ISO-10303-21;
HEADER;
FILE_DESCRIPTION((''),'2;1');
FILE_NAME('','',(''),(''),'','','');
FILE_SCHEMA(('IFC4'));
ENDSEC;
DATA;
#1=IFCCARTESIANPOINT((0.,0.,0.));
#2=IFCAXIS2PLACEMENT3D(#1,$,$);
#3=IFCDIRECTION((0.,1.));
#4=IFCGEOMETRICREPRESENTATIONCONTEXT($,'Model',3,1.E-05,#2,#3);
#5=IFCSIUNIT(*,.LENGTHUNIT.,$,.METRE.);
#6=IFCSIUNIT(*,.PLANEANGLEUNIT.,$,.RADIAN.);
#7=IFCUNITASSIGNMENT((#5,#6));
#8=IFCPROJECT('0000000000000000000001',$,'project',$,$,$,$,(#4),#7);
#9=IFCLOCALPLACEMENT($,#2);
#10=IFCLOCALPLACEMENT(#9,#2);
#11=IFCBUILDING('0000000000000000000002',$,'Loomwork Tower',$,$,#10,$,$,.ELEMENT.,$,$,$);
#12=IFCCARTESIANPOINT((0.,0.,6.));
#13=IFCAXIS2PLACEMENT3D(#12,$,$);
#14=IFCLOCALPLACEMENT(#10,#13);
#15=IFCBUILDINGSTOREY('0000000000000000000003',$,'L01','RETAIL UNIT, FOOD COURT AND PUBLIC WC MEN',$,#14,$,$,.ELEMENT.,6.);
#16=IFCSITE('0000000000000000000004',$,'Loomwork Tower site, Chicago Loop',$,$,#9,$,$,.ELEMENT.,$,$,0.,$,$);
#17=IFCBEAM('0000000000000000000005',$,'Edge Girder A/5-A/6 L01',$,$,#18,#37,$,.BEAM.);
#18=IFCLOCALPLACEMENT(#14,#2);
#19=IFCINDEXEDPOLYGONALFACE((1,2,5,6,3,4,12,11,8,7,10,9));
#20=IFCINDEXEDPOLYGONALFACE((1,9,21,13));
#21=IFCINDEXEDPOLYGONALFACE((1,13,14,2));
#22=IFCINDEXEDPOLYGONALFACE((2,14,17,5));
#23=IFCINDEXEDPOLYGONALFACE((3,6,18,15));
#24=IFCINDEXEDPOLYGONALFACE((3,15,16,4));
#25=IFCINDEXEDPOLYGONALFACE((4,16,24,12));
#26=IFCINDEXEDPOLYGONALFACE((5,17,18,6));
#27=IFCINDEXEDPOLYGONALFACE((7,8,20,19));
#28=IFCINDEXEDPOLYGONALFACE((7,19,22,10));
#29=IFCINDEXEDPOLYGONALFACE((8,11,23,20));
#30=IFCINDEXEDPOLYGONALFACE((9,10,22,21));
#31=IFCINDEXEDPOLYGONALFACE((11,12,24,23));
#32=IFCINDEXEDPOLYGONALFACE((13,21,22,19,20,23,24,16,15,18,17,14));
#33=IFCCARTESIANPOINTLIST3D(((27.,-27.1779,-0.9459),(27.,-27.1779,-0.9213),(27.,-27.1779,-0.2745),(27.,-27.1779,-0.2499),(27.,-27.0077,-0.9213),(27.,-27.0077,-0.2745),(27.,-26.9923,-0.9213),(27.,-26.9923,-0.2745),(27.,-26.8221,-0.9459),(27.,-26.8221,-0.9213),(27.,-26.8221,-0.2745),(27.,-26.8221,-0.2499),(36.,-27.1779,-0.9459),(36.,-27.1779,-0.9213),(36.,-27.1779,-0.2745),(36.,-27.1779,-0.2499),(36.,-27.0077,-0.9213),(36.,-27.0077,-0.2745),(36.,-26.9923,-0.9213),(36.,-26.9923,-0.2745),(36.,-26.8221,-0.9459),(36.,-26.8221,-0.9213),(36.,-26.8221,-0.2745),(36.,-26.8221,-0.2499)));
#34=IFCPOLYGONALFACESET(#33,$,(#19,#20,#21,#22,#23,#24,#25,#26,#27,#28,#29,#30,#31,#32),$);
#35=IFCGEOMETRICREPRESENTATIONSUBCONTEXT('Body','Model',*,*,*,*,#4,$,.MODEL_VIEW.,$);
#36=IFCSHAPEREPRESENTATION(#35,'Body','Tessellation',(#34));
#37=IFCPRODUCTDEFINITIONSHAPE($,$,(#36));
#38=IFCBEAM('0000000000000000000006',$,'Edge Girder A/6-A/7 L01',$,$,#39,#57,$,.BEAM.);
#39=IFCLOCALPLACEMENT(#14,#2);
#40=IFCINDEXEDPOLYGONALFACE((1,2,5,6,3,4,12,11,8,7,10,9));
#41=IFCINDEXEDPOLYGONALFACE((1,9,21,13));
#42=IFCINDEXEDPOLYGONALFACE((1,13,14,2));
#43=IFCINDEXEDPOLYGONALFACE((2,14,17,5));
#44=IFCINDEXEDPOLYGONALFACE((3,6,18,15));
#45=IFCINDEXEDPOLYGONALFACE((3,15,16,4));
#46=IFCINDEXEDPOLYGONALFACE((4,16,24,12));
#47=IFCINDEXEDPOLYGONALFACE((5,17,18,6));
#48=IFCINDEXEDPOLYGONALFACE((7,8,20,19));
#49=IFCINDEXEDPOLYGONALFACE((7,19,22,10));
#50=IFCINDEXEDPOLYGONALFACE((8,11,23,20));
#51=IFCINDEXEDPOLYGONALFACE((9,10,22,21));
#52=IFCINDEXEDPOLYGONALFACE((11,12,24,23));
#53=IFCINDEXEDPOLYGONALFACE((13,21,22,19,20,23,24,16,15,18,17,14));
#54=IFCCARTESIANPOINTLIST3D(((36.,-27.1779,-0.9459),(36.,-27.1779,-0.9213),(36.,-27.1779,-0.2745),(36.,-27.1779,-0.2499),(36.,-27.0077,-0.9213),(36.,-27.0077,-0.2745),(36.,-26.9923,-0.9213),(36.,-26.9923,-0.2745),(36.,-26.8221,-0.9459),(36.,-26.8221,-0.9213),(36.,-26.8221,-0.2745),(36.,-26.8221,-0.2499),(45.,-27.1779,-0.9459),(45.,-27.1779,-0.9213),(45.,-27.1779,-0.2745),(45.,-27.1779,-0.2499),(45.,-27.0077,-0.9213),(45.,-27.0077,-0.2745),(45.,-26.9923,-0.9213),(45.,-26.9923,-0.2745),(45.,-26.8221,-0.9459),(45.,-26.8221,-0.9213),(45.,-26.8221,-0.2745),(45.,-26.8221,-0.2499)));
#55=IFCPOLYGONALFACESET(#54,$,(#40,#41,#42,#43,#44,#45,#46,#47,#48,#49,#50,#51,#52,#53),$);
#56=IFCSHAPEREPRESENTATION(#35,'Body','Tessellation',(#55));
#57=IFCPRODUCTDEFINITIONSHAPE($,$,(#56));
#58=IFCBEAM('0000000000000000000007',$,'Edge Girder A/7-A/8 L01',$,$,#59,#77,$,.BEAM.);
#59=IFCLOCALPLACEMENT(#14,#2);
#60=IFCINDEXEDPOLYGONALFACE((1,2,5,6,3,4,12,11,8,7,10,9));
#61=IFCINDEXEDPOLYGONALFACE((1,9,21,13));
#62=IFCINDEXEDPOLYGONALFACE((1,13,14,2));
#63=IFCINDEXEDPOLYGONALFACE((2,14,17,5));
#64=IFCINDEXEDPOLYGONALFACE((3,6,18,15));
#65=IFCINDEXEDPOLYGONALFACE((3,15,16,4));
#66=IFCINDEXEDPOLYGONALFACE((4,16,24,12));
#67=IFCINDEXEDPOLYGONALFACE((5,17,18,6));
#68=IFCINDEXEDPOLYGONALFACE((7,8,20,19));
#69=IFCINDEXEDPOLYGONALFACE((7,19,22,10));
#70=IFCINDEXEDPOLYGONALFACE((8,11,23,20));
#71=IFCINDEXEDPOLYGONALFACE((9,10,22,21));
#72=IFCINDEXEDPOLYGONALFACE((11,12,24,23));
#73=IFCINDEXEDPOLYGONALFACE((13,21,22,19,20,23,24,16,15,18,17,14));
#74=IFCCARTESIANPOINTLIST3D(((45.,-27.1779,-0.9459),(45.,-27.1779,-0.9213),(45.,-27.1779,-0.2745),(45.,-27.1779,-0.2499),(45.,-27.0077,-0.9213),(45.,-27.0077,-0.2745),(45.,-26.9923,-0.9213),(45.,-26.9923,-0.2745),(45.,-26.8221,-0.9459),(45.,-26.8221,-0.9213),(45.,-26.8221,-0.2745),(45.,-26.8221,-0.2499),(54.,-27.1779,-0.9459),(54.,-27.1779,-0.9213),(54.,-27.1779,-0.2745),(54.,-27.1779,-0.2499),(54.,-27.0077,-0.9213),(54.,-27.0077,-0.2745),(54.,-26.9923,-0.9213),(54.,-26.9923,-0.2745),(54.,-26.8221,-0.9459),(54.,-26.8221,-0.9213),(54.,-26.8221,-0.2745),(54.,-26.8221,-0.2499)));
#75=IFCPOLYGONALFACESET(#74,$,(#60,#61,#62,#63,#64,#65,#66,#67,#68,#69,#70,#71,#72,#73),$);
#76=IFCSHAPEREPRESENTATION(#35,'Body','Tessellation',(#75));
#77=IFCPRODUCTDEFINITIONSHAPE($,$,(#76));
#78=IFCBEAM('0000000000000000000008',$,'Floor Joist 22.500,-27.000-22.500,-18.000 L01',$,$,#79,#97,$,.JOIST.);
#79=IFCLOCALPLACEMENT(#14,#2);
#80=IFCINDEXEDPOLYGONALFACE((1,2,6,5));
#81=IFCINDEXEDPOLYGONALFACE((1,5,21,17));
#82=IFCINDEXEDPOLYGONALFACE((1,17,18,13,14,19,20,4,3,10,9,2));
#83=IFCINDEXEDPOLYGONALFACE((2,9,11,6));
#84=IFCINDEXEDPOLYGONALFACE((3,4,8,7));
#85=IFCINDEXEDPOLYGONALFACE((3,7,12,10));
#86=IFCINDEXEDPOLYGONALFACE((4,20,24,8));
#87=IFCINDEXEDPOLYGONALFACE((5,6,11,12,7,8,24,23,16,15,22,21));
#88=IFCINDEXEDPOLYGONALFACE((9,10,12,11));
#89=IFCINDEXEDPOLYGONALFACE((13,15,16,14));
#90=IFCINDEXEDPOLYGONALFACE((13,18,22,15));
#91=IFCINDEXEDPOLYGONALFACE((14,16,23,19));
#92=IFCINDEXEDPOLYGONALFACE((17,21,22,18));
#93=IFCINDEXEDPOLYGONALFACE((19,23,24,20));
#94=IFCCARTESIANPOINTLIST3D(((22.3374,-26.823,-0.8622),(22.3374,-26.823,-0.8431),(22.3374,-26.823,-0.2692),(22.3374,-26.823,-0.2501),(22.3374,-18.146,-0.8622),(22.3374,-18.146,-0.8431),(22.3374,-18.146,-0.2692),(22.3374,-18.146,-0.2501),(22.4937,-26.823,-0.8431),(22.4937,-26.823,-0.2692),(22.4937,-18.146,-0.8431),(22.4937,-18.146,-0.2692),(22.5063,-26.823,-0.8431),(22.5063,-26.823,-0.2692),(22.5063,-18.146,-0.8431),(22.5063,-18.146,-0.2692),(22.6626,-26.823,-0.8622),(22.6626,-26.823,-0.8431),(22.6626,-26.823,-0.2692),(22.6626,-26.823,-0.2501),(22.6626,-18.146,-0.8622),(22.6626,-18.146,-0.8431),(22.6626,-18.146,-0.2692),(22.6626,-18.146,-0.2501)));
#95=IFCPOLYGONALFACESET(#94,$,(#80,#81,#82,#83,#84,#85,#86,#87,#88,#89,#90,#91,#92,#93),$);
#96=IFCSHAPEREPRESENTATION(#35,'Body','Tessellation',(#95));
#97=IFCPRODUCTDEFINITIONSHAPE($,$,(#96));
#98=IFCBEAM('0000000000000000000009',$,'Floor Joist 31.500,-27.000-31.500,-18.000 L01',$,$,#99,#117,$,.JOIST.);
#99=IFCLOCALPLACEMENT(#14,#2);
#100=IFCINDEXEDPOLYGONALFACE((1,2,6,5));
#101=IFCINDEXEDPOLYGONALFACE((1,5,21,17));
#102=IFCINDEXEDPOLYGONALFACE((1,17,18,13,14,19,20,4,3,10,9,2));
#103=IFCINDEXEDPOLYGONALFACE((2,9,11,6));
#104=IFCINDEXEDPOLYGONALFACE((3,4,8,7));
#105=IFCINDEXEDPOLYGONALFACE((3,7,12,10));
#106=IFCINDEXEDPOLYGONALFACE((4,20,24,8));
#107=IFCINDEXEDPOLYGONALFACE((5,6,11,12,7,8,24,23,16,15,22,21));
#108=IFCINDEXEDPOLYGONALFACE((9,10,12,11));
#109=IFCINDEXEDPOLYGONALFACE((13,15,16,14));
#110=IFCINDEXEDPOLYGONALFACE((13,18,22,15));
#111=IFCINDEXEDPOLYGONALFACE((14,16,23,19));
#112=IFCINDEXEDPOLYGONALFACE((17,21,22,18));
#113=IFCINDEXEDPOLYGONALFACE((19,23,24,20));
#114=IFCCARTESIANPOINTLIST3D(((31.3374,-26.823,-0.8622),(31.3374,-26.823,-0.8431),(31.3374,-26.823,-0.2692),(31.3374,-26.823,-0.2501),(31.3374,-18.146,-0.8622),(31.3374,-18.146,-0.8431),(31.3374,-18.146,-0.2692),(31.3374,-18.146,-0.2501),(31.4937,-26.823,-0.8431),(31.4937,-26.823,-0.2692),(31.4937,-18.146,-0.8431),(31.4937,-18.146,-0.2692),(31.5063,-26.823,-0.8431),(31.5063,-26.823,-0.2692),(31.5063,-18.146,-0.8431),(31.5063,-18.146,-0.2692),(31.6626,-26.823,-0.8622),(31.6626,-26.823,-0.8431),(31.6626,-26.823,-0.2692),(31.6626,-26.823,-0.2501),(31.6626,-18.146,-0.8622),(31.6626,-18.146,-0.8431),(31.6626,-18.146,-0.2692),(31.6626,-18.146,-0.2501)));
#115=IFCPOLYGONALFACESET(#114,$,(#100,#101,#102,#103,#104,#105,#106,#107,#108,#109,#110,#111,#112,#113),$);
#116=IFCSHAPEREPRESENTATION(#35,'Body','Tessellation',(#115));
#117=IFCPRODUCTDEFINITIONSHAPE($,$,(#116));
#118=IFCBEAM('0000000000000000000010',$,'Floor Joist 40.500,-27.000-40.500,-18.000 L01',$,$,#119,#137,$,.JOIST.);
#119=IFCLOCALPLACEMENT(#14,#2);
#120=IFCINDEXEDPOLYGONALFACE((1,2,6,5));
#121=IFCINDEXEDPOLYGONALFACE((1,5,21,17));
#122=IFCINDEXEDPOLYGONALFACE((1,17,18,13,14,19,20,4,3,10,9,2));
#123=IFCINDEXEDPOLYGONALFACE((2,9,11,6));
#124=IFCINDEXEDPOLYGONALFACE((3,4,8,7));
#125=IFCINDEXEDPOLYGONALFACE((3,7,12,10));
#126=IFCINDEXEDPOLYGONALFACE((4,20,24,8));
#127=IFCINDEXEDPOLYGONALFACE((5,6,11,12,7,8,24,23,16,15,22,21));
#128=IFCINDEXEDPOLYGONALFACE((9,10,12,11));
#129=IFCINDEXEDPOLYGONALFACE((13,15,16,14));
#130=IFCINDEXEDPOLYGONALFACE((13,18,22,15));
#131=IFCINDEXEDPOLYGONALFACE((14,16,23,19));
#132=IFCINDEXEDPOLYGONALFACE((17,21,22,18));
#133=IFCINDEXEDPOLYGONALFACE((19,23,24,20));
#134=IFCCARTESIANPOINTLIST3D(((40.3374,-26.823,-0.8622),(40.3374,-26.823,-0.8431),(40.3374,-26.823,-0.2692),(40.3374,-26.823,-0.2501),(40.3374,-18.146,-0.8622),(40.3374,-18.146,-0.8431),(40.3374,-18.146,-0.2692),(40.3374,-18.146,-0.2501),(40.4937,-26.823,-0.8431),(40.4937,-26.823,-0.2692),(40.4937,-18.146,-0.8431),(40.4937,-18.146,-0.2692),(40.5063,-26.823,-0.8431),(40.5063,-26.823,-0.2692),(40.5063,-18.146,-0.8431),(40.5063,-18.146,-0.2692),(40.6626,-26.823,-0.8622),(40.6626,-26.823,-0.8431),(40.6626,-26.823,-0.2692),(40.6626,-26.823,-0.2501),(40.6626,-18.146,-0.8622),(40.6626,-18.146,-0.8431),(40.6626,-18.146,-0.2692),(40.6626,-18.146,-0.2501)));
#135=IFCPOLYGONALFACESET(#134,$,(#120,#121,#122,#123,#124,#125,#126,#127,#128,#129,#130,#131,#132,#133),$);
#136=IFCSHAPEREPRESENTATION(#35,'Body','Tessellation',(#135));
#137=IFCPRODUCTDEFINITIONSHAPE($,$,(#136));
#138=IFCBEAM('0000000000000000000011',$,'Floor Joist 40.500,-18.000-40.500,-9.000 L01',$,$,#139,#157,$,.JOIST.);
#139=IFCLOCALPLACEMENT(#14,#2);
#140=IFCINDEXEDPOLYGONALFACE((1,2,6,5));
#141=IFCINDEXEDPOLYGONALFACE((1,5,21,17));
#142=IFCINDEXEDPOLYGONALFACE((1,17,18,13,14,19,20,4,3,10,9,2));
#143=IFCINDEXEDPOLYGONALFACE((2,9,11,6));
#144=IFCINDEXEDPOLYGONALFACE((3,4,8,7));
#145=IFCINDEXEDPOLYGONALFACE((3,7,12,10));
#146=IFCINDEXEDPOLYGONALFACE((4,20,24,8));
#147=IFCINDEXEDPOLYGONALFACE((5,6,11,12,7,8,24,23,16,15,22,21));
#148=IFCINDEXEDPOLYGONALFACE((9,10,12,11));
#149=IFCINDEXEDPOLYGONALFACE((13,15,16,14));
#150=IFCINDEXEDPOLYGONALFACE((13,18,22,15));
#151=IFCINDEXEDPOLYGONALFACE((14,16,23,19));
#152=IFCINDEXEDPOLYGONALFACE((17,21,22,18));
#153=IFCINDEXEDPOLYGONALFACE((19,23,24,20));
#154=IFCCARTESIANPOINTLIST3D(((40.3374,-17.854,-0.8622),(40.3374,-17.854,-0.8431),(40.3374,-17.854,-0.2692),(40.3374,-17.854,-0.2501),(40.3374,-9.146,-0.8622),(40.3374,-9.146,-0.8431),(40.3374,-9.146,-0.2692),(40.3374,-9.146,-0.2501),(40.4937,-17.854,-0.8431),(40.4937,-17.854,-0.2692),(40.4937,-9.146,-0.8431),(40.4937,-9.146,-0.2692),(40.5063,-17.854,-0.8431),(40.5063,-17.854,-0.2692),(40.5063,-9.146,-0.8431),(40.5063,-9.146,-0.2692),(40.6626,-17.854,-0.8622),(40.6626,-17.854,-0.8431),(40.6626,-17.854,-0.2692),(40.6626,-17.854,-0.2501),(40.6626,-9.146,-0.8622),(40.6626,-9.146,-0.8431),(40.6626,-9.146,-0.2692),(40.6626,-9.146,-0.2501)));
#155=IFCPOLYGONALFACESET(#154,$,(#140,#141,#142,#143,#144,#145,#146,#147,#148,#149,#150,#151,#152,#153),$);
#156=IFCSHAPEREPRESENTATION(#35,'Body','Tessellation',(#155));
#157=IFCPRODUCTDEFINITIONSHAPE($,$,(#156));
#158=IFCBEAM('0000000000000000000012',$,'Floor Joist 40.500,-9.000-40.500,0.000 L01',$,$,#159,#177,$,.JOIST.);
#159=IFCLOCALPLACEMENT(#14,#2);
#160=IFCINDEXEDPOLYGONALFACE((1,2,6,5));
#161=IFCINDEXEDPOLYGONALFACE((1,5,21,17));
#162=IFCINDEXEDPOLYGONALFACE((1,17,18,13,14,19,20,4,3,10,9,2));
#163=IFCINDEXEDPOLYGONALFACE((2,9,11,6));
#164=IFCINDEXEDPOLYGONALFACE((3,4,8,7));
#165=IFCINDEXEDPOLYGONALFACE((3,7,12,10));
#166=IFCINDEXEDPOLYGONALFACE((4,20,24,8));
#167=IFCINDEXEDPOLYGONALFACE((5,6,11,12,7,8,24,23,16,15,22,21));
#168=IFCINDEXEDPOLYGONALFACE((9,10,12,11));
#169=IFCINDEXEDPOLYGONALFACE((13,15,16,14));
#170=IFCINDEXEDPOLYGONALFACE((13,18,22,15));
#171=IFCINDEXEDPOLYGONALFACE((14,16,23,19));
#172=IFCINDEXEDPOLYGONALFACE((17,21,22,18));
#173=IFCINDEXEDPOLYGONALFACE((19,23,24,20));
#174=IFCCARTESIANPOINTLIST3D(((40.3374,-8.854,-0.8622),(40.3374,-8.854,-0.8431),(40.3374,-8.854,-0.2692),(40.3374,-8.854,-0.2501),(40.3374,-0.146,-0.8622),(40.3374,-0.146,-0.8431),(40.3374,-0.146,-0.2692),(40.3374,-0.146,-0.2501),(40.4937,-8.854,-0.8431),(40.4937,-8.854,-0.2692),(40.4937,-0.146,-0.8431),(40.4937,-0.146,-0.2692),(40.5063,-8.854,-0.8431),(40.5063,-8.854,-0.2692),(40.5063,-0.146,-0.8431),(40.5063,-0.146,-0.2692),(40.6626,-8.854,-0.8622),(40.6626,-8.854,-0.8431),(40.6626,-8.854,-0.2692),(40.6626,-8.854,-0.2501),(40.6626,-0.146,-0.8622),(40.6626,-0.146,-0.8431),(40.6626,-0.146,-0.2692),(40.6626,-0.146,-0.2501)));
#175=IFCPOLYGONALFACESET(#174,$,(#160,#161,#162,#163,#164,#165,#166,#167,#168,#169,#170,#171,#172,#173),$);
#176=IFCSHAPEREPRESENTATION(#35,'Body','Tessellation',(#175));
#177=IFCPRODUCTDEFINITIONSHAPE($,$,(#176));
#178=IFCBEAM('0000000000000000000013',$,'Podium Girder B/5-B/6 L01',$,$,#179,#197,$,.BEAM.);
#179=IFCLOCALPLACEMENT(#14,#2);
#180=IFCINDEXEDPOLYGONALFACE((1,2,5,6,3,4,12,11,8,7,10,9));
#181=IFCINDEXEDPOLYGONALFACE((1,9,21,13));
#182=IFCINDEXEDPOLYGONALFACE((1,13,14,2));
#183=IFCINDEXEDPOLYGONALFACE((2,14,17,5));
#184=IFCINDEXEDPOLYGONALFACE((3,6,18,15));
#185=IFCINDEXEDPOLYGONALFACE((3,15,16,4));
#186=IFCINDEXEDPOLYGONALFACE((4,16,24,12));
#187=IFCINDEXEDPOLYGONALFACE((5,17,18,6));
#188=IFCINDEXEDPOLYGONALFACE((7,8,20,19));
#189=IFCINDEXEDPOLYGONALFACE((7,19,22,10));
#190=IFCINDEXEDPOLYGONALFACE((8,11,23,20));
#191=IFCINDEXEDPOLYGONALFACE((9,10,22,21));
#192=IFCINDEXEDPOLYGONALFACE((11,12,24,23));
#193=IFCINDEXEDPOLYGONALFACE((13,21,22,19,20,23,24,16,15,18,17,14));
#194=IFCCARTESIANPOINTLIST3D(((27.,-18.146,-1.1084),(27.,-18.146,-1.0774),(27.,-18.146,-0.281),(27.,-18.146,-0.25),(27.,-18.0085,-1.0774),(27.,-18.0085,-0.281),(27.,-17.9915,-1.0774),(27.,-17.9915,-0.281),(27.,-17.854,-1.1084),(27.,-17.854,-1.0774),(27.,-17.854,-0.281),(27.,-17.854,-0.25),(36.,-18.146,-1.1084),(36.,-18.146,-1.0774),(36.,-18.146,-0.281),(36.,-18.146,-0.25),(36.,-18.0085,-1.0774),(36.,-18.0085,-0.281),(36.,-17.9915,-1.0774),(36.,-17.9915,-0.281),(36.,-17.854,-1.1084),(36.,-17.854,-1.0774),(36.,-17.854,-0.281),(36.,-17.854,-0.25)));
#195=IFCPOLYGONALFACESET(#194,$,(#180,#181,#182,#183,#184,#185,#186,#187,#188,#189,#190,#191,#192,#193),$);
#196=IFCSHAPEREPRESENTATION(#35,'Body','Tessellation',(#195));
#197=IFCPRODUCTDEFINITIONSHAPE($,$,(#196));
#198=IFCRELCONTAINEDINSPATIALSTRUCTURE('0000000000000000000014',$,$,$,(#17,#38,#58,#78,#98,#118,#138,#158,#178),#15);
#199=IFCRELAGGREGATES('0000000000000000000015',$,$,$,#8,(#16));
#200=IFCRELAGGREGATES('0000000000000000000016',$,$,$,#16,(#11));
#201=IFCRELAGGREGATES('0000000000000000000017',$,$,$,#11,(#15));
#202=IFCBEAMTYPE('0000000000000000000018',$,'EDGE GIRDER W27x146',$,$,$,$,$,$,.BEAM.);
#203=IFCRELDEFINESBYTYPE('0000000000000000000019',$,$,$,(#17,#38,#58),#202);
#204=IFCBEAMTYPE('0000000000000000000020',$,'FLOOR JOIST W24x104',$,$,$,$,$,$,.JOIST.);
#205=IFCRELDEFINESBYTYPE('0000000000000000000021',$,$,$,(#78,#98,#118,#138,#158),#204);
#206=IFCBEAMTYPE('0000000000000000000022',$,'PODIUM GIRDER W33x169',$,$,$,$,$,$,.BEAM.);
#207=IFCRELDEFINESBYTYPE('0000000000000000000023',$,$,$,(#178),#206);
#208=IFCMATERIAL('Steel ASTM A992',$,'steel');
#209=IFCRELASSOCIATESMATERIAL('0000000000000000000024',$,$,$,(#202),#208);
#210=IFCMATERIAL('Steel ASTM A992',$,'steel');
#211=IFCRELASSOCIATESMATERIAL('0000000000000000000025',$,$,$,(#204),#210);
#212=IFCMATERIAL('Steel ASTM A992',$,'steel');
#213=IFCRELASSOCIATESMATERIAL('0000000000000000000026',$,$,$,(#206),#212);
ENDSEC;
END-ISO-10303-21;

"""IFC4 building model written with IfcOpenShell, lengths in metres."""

from ifc_helpers import new_model, si_unit, direction, frame, origin, origin_2d, place, context, subcontext, project, spatial, i_section, extrude, material, material_profile, profile_set, type_object, element, save


model = new_model("IFC4")

# Units and contexts
model_context = context("Model", 3, precision=1e-05, world=origin(), true_north=direction((0.0, 1.0)))
body_context = subcontext(model_context, "Body", "Model", "MODEL_VIEW")
ifc_project = project(units=[si_unit("LENGTHUNIT", "METRE"), si_unit("PLANEANGLEUNIT", "RADIAN")], contexts=[model_context])

# Site, building, storey
site_placement = place(None, origin())
site = spatial("IfcSite", under=ifc_project, at=site_placement, Name="Loomwork Tower site, Chicago Loop", CompositionType="ELEMENT", RefElevation=0.0)
building_placement = place(site_placement, origin())
building = spatial("IfcBuilding", under=site, at=building_placement, Name="Loomwork Tower", CompositionType="ELEMENT")
storey_placement = place(building_placement, frame((0.0, 0.0, 6.0)))
storey = spatial("IfcBuildingStorey", under=building, at=storey_placement, Name="L01", Description="RETAIL UNIT, FOOD COURT AND PUBLIC WC MEN", CompositionType="ELEMENT", Elevation=6.0)

# Beams
ifc_material_1 = material(Name="Steel ASTM A992", Category="steel")
ifc_material_profile_1 = material_profile(ifc_material_1, i_section(OverallWidth=0.3557, OverallDepth=0.696, WebThickness=0.0154, FlangeThickness=0.0247, at=origin_2d()), Name="W27x146")
ifc_profile_set_1 = profile_set([ifc_material_profile_1], Name="Steel ASTM A992")
beam_type_1 = type_object("IfcBeamType", Name="EDGE GIRDER W27x146", PredefinedType="BEAM", material=ifc_profile_set_1)
for number, where, z_axis, x_axis, name in (
    (1, (27.0, -27.0, -0.5979), (1.0, 0.0, 0.0), (0.0, 1.0, 0.0), "Edge Girder A/5-A/6 L01"),
    (2, (36.0, -27.0, -0.5979), (1.0, 0.0, 0.0), (0.0, 1.0, 0.0), "Edge Girder A/6-A/7 L01"),
    (3, (45.0, -27.0, -0.5979), (1.0, 0.0, 0.0), (0.0, 1.0, 0.0), "Edge Girder A/7-A/8 L01"),
):
    element("IfcBeam", number, at=place(storey_placement, frame(where, z_axis=z_axis, x_axis=x_axis)), inside=storey, type_object=beam_type_1, Name=name, PredefinedType="BEAM", context=body_context, shape_type="SweptSolid", body=[
        extrude(i_section(OverallWidth=0.3557, OverallDepth=0.696, WebThickness=0.0154, FlangeThickness=0.0247, at=origin_2d()), origin(), (0.0, 0.0, 1.0), 9.0),
    ])
ifc_material_2 = material(Name="Steel ASTM A992", Category="steel")
ifc_material_profile_2 = material_profile(ifc_material_2, i_section(OverallWidth=0.3252, OverallDepth=0.6121, WebThickness=0.0127, FlangeThickness=0.019, at=origin_2d()), Name="W24x104")
ifc_profile_set_2 = profile_set([ifc_material_profile_2], Name="Steel ASTM A992")
beam_type_2 = type_object("IfcBeamType", Name="FLOOR JOIST W24x104", PredefinedType="JOIST", material=ifc_profile_set_2)
for number, where, z_axis, x_axis, name in (
    (4, (22.5, -26.823, -0.5562), (0.0, 1.0, 0.0), (-1.0, 0.0, 0.0), "Floor Joist 22.500,-27.000-22.500,-18.000 L01"),
    (5, (31.5, -26.823, -0.5562), (0.0, 1.0, 0.0), (-1.0, 0.0, 0.0), "Floor Joist 31.500,-27.000-31.500,-18.000 L01"),
    (6, (40.5, -26.823, -0.5562), (0.0, 1.0, 0.0), (-1.0, 0.0, 0.0), "Floor Joist 40.500,-27.000-40.500,-18.000 L01"),
):
    element("IfcBeam", number, at=place(storey_placement, frame(where, z_axis=z_axis, x_axis=x_axis)), inside=storey, type_object=beam_type_2, Name=name, PredefinedType="JOIST", context=body_context, shape_type="SweptSolid", body=[
        extrude(i_section(OverallWidth=0.3252, OverallDepth=0.6121, WebThickness=0.0127, FlangeThickness=0.019, at=origin_2d()), origin(), (0.0, 0.0, 1.0), 8.677),
    ])
for number, where, z_axis, x_axis, name in (
    (7, (40.5, -17.854, -0.5562), (0.0, 1.0, 0.0), (-1.0, 0.0, 0.0), "Floor Joist 40.500,-18.000-40.500,-9.000 L01"),
    (8, (40.5, -8.854, -0.5562), (0.0, 1.0, 0.0), (-1.0, 0.0, 0.0), "Floor Joist 40.500,-9.000-40.500,0.000 L01"),
):
    element("IfcBeam", number, at=place(storey_placement, frame(where, z_axis=z_axis, x_axis=x_axis)), inside=storey, type_object=beam_type_2, Name=name, PredefinedType="JOIST", context=body_context, shape_type="SweptSolid", body=[
        extrude(i_section(OverallWidth=0.3252, OverallDepth=0.6121, WebThickness=0.0127, FlangeThickness=0.019, at=origin_2d()), origin(), (0.0, 0.0, 1.0), 8.708),
    ])
ifc_material_3 = material(Name="Steel ASTM A992", Category="steel")
ifc_material_profile_3 = material_profile(ifc_material_3, i_section(OverallWidth=0.292, OverallDepth=0.8584, WebThickness=0.0171, FlangeThickness=0.031, at=origin_2d()), Name="W33x169")
ifc_profile_set_3 = profile_set([ifc_material_profile_3], Name="Steel ASTM A992")
beam_type_3 = type_object("IfcBeamType", Name="PODIUM GIRDER W33x169", PredefinedType="BEAM", material=ifc_profile_set_3)
for number, where, z_axis, x_axis, name in (
    (9, (27.0, -18.0, -0.6792), (1.0, 0.0, 0.0), (0.0, 1.0, 0.0), "Podium Girder B/5-B/6 L01"),
):
    element("IfcBeam", number, at=place(storey_placement, frame(where, z_axis=z_axis, x_axis=x_axis)), inside=storey, type_object=beam_type_3, Name=name, PredefinedType="BEAM", context=body_context, shape_type="SweptSolid", body=[
        extrude(i_section(OverallWidth=0.292, OverallDepth=0.8584, WebThickness=0.0171, FlangeThickness=0.031, at=origin_2d()), origin(), (0.0, 0.0, 1.0), 9.0),
    ])

save(model, "model.ifc")
